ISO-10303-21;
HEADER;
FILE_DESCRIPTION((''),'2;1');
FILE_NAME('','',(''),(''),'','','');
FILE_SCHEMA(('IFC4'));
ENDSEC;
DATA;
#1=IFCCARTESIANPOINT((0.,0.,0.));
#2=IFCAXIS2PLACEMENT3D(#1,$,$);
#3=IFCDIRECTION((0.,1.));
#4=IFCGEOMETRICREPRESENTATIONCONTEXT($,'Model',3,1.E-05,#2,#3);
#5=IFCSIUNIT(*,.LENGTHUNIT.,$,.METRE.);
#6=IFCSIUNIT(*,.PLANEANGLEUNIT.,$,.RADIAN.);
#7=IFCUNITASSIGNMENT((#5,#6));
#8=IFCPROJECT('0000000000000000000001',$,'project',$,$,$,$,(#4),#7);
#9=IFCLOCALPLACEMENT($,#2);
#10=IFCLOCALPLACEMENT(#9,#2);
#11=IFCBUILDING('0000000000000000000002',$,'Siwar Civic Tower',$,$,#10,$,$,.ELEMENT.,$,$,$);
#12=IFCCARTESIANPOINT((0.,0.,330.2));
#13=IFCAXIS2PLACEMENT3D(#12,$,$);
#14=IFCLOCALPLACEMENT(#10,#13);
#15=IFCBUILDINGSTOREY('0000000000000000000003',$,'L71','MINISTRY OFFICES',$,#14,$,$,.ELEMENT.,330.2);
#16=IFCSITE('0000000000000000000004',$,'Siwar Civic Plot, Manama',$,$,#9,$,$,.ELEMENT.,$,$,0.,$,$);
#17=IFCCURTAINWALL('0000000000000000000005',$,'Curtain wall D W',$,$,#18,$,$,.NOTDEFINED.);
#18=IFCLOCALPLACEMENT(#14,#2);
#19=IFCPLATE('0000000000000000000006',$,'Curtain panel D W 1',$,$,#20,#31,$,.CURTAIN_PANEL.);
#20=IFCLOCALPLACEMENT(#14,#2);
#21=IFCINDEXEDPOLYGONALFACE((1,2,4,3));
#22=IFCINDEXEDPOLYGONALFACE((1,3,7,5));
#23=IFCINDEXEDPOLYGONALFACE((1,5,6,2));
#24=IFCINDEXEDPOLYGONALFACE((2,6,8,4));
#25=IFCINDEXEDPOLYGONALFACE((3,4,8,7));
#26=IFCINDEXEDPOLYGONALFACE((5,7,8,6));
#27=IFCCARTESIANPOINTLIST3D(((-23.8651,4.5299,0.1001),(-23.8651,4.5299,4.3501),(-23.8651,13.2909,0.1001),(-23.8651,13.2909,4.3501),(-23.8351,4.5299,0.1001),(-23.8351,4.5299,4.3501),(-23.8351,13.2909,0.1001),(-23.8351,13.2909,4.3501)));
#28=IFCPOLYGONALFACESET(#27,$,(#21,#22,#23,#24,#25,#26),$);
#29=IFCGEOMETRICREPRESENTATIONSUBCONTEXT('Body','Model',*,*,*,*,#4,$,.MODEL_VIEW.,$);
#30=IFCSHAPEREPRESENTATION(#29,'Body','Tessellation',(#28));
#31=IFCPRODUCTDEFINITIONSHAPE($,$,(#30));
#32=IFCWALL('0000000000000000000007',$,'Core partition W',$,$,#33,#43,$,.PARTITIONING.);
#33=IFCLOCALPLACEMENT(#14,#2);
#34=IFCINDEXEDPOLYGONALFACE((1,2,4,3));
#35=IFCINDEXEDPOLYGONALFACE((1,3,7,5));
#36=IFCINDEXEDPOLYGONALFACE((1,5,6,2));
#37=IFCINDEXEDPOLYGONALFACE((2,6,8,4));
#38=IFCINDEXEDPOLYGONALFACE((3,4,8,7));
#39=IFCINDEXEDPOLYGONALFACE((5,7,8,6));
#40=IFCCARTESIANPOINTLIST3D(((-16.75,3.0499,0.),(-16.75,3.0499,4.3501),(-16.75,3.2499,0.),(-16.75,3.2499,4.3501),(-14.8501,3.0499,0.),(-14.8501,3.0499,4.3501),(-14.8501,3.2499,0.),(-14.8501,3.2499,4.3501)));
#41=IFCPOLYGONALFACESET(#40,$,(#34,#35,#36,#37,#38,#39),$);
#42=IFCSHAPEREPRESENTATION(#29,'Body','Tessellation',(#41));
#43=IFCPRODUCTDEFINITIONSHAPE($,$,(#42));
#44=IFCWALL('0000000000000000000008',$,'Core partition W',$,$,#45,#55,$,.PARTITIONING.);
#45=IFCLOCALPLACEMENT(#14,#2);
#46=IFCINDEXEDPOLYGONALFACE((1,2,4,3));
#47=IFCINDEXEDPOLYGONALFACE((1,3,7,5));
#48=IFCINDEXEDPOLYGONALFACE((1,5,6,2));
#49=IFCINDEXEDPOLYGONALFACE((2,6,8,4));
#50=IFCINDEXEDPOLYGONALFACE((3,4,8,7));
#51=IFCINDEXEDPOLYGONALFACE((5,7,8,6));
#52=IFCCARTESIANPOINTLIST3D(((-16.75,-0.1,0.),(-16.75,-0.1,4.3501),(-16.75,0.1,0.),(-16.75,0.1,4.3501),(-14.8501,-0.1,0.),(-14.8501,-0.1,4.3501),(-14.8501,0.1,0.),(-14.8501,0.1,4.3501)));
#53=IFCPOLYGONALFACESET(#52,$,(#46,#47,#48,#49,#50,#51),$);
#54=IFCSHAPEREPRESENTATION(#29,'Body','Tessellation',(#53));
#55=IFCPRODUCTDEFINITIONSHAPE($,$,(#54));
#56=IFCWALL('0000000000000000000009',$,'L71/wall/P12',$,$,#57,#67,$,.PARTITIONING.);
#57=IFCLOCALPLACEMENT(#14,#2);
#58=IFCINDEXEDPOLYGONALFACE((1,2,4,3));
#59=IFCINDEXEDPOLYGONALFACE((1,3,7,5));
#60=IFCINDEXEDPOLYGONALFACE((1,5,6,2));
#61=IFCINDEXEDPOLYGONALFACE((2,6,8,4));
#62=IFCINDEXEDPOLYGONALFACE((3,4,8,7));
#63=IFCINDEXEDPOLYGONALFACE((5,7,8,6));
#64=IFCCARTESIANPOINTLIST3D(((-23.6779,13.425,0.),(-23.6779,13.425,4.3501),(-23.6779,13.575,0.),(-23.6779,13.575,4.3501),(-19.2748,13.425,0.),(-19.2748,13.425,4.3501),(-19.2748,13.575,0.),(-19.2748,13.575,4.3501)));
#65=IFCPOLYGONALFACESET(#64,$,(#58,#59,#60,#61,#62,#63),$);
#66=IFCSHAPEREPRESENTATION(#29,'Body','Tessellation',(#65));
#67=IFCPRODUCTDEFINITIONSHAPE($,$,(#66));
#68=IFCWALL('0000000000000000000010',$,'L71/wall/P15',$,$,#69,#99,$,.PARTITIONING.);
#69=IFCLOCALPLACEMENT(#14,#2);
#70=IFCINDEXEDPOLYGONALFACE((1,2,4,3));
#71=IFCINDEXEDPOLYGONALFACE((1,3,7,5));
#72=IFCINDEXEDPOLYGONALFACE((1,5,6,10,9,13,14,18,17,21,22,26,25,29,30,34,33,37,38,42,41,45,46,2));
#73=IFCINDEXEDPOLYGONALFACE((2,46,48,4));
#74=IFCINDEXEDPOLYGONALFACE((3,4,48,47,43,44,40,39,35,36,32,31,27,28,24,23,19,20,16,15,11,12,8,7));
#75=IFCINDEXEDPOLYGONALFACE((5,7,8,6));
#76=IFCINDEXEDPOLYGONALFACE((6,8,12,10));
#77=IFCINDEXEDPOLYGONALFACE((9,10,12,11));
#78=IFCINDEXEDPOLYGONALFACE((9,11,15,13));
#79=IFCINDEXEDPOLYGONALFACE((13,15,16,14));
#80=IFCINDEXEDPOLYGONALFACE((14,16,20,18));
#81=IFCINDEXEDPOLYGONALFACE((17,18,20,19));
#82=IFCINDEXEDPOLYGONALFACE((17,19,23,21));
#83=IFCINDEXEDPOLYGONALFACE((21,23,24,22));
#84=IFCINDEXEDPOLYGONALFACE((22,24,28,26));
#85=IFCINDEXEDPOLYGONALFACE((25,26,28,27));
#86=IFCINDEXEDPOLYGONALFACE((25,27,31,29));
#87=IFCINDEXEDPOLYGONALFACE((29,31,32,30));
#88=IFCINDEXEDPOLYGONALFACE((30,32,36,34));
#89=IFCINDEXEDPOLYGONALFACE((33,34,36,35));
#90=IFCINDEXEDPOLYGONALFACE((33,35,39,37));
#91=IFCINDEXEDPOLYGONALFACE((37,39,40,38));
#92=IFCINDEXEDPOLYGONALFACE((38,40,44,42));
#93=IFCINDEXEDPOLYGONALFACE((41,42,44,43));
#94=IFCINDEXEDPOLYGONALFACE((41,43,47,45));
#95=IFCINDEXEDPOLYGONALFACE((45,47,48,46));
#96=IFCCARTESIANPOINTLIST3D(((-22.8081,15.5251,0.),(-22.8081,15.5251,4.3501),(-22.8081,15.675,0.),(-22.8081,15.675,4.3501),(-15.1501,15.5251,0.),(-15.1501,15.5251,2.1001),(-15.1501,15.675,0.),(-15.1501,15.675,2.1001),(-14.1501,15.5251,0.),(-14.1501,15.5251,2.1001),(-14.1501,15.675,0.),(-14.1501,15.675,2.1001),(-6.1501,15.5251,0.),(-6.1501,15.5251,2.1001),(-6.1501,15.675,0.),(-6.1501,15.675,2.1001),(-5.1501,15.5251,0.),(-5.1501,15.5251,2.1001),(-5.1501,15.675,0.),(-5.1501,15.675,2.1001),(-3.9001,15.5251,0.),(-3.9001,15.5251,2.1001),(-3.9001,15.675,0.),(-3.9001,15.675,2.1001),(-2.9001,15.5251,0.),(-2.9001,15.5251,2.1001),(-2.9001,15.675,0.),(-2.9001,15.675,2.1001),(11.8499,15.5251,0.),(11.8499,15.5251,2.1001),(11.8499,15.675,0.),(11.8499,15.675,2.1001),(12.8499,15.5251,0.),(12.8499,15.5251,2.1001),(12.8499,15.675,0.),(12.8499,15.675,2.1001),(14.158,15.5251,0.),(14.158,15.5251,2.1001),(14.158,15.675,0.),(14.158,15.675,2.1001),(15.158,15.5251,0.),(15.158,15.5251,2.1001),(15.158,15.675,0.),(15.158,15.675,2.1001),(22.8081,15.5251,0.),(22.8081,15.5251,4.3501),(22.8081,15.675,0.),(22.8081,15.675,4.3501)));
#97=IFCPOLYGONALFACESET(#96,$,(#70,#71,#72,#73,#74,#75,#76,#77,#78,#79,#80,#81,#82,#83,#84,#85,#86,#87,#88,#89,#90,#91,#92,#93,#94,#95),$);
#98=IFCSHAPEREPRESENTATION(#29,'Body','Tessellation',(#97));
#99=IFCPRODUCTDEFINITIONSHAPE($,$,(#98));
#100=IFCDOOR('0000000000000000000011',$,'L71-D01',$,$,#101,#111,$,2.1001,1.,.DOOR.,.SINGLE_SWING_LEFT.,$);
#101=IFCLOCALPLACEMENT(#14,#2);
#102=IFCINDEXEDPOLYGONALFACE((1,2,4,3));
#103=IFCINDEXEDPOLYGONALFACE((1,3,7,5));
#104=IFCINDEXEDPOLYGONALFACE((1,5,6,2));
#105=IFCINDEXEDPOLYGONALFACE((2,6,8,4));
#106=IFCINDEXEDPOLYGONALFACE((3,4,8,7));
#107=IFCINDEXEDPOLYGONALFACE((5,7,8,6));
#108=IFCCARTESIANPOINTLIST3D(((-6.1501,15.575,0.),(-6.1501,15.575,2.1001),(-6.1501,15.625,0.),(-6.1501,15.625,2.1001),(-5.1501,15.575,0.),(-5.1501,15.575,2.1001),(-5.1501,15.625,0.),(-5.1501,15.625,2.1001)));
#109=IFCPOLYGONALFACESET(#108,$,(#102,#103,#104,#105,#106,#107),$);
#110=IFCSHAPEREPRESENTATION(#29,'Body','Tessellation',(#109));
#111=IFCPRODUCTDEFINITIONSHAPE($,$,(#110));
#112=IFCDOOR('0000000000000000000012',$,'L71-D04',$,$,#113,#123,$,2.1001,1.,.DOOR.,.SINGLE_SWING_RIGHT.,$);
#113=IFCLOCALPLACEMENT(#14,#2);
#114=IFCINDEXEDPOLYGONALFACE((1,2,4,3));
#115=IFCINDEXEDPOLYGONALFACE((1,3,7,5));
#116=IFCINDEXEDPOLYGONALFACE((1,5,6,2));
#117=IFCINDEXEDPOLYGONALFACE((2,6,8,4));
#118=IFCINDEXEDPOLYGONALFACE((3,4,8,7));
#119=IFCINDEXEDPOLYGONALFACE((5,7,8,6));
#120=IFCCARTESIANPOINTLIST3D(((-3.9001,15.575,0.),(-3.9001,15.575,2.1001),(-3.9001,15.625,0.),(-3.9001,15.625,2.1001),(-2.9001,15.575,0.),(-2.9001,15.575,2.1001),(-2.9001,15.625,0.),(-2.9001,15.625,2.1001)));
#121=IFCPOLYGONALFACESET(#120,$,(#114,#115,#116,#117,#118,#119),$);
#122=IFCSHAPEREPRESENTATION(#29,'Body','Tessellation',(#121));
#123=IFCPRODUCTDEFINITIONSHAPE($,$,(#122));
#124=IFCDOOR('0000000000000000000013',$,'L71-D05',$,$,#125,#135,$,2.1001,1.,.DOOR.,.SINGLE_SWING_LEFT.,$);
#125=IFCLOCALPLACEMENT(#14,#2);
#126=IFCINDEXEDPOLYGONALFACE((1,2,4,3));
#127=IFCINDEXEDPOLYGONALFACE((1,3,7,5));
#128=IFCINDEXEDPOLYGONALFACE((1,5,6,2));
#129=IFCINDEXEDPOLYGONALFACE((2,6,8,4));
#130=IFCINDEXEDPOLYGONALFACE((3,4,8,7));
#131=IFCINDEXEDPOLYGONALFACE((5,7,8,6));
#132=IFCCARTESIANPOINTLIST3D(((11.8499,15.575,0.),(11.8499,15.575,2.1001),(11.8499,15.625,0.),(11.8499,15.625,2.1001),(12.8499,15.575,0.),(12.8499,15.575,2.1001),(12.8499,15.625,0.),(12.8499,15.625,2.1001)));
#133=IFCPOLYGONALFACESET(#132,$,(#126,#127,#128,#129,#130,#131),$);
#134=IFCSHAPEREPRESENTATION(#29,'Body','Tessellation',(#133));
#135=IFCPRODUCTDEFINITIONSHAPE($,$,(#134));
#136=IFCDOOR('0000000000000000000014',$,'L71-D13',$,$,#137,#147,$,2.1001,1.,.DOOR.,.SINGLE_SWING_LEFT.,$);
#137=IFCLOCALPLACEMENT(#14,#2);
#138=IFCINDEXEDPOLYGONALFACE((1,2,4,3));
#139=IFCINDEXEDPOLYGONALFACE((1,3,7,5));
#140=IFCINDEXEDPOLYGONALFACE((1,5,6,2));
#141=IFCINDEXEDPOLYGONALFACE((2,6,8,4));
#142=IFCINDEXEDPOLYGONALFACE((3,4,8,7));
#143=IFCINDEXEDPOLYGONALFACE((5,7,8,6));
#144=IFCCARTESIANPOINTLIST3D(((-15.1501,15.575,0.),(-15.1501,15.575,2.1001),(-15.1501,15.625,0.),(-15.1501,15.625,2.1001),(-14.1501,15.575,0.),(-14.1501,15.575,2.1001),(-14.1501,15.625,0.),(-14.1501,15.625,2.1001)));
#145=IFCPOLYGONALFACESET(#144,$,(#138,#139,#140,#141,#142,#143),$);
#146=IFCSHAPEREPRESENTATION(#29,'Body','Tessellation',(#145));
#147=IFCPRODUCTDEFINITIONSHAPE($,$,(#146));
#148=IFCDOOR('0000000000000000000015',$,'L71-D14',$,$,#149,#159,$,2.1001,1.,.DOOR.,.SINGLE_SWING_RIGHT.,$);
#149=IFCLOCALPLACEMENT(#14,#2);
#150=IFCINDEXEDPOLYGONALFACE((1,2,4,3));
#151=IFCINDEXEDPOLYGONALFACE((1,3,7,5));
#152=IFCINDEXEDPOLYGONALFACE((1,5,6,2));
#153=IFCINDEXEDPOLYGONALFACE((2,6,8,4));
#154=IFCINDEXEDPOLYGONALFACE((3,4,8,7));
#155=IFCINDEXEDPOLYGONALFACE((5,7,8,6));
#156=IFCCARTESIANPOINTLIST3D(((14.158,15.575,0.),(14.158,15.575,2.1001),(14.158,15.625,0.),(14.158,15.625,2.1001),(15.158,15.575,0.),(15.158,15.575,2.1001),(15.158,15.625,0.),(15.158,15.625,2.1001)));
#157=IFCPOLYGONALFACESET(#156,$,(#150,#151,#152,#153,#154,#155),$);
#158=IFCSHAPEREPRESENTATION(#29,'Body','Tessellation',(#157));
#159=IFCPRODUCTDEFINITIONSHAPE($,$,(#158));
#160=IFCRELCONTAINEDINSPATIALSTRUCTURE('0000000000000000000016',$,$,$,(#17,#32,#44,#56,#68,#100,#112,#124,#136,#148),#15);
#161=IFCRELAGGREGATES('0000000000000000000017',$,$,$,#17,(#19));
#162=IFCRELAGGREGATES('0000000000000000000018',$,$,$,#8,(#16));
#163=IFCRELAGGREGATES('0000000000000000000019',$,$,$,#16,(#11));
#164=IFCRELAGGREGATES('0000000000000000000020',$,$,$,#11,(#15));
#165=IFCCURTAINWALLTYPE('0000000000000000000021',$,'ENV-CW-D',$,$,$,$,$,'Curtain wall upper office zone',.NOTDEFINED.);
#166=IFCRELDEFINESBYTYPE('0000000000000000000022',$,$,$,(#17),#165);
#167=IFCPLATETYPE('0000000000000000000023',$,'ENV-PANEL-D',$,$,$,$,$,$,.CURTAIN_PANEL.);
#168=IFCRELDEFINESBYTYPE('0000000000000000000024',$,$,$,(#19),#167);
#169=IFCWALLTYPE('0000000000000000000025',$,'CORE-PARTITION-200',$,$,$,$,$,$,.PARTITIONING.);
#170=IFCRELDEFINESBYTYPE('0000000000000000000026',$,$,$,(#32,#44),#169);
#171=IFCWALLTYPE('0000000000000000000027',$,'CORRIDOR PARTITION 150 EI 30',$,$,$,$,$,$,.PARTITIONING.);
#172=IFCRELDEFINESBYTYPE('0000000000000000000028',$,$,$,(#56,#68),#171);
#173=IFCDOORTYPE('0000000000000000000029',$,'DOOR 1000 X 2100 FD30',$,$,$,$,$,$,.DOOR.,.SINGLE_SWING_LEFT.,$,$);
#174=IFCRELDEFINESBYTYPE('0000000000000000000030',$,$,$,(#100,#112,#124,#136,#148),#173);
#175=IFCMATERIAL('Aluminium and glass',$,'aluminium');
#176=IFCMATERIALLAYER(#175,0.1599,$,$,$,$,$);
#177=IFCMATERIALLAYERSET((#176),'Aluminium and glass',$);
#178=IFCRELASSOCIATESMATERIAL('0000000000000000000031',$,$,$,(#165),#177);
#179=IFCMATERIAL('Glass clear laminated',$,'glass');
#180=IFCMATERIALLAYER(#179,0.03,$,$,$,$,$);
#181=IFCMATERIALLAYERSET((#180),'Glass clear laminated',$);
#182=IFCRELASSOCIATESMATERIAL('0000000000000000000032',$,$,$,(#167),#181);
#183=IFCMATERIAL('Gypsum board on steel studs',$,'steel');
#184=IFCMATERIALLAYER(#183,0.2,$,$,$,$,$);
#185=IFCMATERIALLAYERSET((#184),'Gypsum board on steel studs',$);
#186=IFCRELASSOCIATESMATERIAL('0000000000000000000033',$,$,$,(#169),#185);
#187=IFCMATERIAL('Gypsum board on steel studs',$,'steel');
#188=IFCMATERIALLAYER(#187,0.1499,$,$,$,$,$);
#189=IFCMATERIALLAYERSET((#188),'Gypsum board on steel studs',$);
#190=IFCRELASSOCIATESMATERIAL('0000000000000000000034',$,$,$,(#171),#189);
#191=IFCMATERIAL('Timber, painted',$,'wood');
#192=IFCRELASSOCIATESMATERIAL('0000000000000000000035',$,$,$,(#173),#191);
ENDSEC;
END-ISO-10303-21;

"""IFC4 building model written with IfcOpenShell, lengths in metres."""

from ifc_helpers import new_model, si_unit, direction, frame, frame_2d, origin, origin_2d, place, context, subcontext, project, spatial, rectangle, extrude, material, layer, layer_set, type_object, element, fill, aggregate, save


model = new_model("IFC4")

# Units and contexts
model_context = context("Model", 3, precision=1e-05, world=origin(), true_north=direction((0.0, 1.0)))
body_context = subcontext(model_context, "Body", "Model", "MODEL_VIEW")
ifc_project = project(units=[si_unit("LENGTHUNIT", "METRE"), si_unit("PLANEANGLEUNIT", "RADIAN")], contexts=[model_context])

# Site, building, storey
site_placement = place(None, origin())
site = spatial("IfcSite", under=ifc_project, at=site_placement, Name="Siwar Civic Plot, Manama", CompositionType="ELEMENT", RefElevation=0.0)
building_placement = place(site_placement, origin())
building = spatial("IfcBuilding", under=site, at=building_placement, Name="Siwar Civic Tower", CompositionType="ELEMENT")
storey_placement = place(building_placement, frame((0.0, 0.0, 330.2)))
storey = spatial("IfcBuildingStorey", under=building, at=storey_placement, Name="L71", Description="MINISTRY OFFICES", CompositionType="ELEMENT", Elevation=330.2)

# Curtain wall
ifc_material_1 = material(Name="Aluminium and glass", Category="aluminium")
ifc_layer_1 = layer(ifc_material_1, 0.1599)
ifc_layer_set_1 = layer_set([ifc_layer_1], Name="Aluminium and glass")
curtain_wall_type = type_object("IfcCurtainWallType", Name="ENV-CW-D", ElementType="Curtain wall upper office zone", PredefinedType="NOTDEFINED", material=ifc_layer_set_1)
curtain_wall_placement = place(storey_placement, origin())
curtain_wall = element("IfcCurtainWall", 1, at=curtain_wall_placement, inside=storey, type_object=curtain_wall_type, Name="Curtain wall D W", PredefinedType="NOTDEFINED")

# Plate
ifc_material_2 = material(Name="Glass clear laminated", Category="glass")
ifc_layer_2 = layer(ifc_material_2, 0.03)
ifc_layer_set_2 = layer_set([ifc_layer_2], Name="Glass clear laminated")
plate_type = type_object("IfcPlateType", Name="ENV-PANEL-D", PredefinedType="CURTAIN_PANEL", material=ifc_layer_set_2)
plate_placement = place(storey_placement, frame((-23.8501, 8.9104, 0.1001), z_axis=(0.0, 0.0, 1.0), x_axis=(0.0, -1.0, 0.0)))
plate = element("IfcPlate", 2, at=plate_placement, type_object=plate_type, Name="Curtain panel D W 1", PredefinedType="CURTAIN_PANEL", context=body_context, shape_type="SweptSolid", body=[
    extrude(rectangle(XDim=8.761, YDim=0.03, at=origin_2d()), origin(), (0.0, 0.0, 1.0), 4.25),
])
aggregate(curtain_wall, [plate])

# Walls
ifc_material_3 = material(Name="Gypsum board on steel studs", Category="steel")
ifc_layer_3 = layer(ifc_material_3, 0.2)
ifc_layer_set_3 = layer_set([ifc_layer_3], Name="Gypsum board on steel studs")
wall_type_1 = type_object("IfcWallType", Name="CORE-PARTITION-200", PredefinedType="PARTITIONING", material=ifc_layer_set_3)
for number, where, z_axis, x_axis, name in (
    (3, (-14.8501, 3.1499, 0.0), (0.0, 0.0, 1.0), (-1.0, 0.0, 0.0), "Core partition W"),
    (4, (-14.8501, 0.0, 0.0), (0.0, 0.0, 1.0), (-1.0, 0.0, 0.0), "Core partition W"),
):
    element("IfcWall", number, at=place(storey_placement, frame(where, z_axis=z_axis, x_axis=x_axis)), inside=storey, type_object=wall_type_1, Name=name, PredefinedType="PARTITIONING", context=body_context, shape_type="SweptSolid", body=[
        extrude(rectangle(XDim=1.8999, YDim=0.2, at=frame_2d((0.95, 0.0))), origin(), (0.0, 0.0, 1.0), 4.3501),
    ])
ifc_material_4 = material(Name="Gypsum board on steel studs", Category="steel")
ifc_layer_4 = layer(ifc_material_4, 0.1499)
ifc_layer_set_4 = layer_set([ifc_layer_4], Name="Gypsum board on steel studs")
wall_type_2 = type_object("IfcWallType", Name="CORRIDOR PARTITION 150 EI 30", PredefinedType="PARTITIONING", material=ifc_layer_set_4)
wall_1_placement = place(storey_placement, frame((-23.678, 13.5, 0.0), z_axis=(0.0, 0.0, 1.0), x_axis=(1.0, 0.0, 0.0)))
element("IfcWall", 5, at=wall_1_placement, inside=storey, type_object=wall_type_2, Name="L71/wall/P12", PredefinedType="PARTITIONING", context=body_context, shape_type="SweptSolid", body=[
    extrude(rectangle(XDim=4.4031, YDim=0.1499, at=frame_2d((2.2017, 0.0))), origin(), (0.0, 0.0, 1.0), 4.3501),
])

# Wall, openings, doors
wall_2_placement = place(storey_placement, frame((-22.8081, 15.6001, 0.0), z_axis=(0.0, 0.0, 1.0), x_axis=(1.0, 0.0, 0.0)))
wall_2 = element("IfcWall", 6, at=wall_2_placement, inside=storey, type_object=wall_type_2, Name="L71/wall/P15", PredefinedType="PARTITIONING", context=body_context, shape_type="SweptSolid", body=[
    extrude(rectangle(XDim=45.6162, YDim=0.1499, at=frame_2d((22.8081, 0.0))), origin(), (0.0, 0.0, 1.0), 4.3501),
])
opening_1_placement = place(wall_2_placement, frame((16.658, 0.0, 0.0)))
opening_1 = element("IfcOpeningElement", 7, at=opening_1_placement, cuts=wall_2, PredefinedType="OPENING", context=body_context, shape_type="SweptSolid", body=[
    extrude(rectangle(XDim=1.0, YDim=2.1001, at=frame_2d((0.5, 1.05))), frame((0.0, 0.085, 0.0), z_axis=(0.0, -1.0, 0.0), x_axis=(1.0, 0.0, 0.0)), (0.0, 0.0, 1.0), 0.1699),
])
opening_2_placement = place(wall_2_placement, frame((18.908, 0.0, 0.0)))
opening_2 = element("IfcOpeningElement", 8, at=opening_2_placement, cuts=wall_2, PredefinedType="OPENING", context=body_context, shape_type="SweptSolid", body=[
    extrude(rectangle(XDim=1.0, YDim=2.1001, at=frame_2d((0.5, 1.05))), frame((0.0, 0.085, 0.0), z_axis=(0.0, -1.0, 0.0), x_axis=(1.0, 0.0, 0.0)), (0.0, 0.0, 1.0), 0.1699),
])
opening_3_placement = place(wall_2_placement, frame((34.658, 0.0, 0.0)))
opening_3 = element("IfcOpeningElement", 9, at=opening_3_placement, cuts=wall_2, PredefinedType="OPENING", context=body_context, shape_type="SweptSolid", body=[
    extrude(rectangle(XDim=1.0, YDim=2.1001, at=frame_2d((0.5, 1.05))), frame((0.0, 0.085, 0.0), z_axis=(0.0, -1.0, 0.0), x_axis=(1.0, 0.0, 0.0)), (0.0, 0.0, 1.0), 0.1699),
])
opening_4_placement = place(wall_2_placement, frame((7.658, 0.0, 0.0)))
opening_4 = element("IfcOpeningElement", 10, at=opening_4_placement, cuts=wall_2, PredefinedType="OPENING", context=body_context, shape_type="SweptSolid", body=[
    extrude(rectangle(XDim=1.0, YDim=2.1001, at=frame_2d((0.5, 1.05))), frame((0.0, 0.085, 0.0), z_axis=(0.0, -1.0, 0.0), x_axis=(1.0, 0.0, 0.0)), (0.0, 0.0, 1.0), 0.1699),
])
opening_5_placement = place(wall_2_placement, frame((36.9661, 0.0, 0.0)))
opening_5 = element("IfcOpeningElement", 11, at=opening_5_placement, cuts=wall_2, PredefinedType="OPENING", context=body_context, shape_type="SweptSolid", body=[
    extrude(rectangle(XDim=1.0, YDim=2.1001, at=frame_2d((0.5, 1.05))), frame((0.0, 0.085, 0.0), z_axis=(0.0, -1.0, 0.0), x_axis=(1.0, 0.0, 0.0)), (0.0, 0.0, 1.0), 0.1699),
])
ifc_material_5 = material(Name="Timber, painted", Category="wood")
door_type = type_object("IfcDoorType", Name="DOOR 1000 X 2100 FD30", OperationType="SINGLE_SWING_LEFT", PredefinedType="DOOR", material=ifc_material_5)
door_1_placement = place(opening_1_placement, origin())
door_1 = element("IfcDoor", 12, at=door_1_placement, inside=storey, type_object=door_type, Name="L71-D01", OperationType="SINGLE_SWING_LEFT", OverallHeight=2.1001, OverallWidth=1.0, PredefinedType="DOOR", context=body_context, shape_type="SweptSolid", body=[
    extrude(rectangle(XDim=1.0, YDim=2.1001, at=frame_2d((0.5, 1.05))), frame((0.0, 0.0249, 0.0), z_axis=(0.0, -1.0, 0.0), x_axis=(1.0, 0.0, 0.0)), (0.0, 0.0, 1.0), 0.05),
])
fill(opening_1, door_1)
door_2_placement = place(opening_2_placement, origin())
door_2 = element("IfcDoor", 13, at=door_2_placement, inside=storey, type_object=door_type, Name="L71-D04", OperationType="SINGLE_SWING_RIGHT", OverallHeight=2.1001, OverallWidth=1.0, PredefinedType="DOOR", context=body_context, shape_type="SweptSolid", body=[
    extrude(rectangle(XDim=1.0, YDim=2.1001, at=frame_2d((0.5, 1.05))), frame((0.0, 0.0249, 0.0), z_axis=(0.0, -1.0, 0.0), x_axis=(1.0, 0.0, 0.0)), (0.0, 0.0, 1.0), 0.05),
])
fill(opening_2, door_2)
door_3_placement = place(opening_3_placement, origin())
door_3 = element("IfcDoor", 14, at=door_3_placement, inside=storey, type_object=door_type, Name="L71-D05", OperationType="SINGLE_SWING_LEFT", OverallHeight=2.1001, OverallWidth=1.0, PredefinedType="DOOR", context=body_context, shape_type="SweptSolid", body=[
    extrude(rectangle(XDim=1.0, YDim=2.1001, at=frame_2d((0.5, 1.05))), frame((0.0, 0.0249, 0.0), z_axis=(0.0, -1.0, 0.0), x_axis=(1.0, 0.0, 0.0)), (0.0, 0.0, 1.0), 0.05),
])
fill(opening_3, door_3)
door_4_placement = place(opening_4_placement, origin())
door_4 = element("IfcDoor", 15, at=door_4_placement, inside=storey, type_object=door_type, Name="L71-D13", OperationType="SINGLE_SWING_LEFT", OverallHeight=2.1001, OverallWidth=1.0, PredefinedType="DOOR", context=body_context, shape_type="SweptSolid", body=[
    extrude(rectangle(XDim=1.0, YDim=2.1001, at=frame_2d((0.5, 1.05))), frame((0.0, 0.0249, 0.0), z_axis=(0.0, -1.0, 0.0), x_axis=(1.0, 0.0, 0.0)), (0.0, 0.0, 1.0), 0.05),
])
fill(opening_4, door_4)
door_5_placement = place(opening_5_placement, origin())
door_5 = element("IfcDoor", 16, at=door_5_placement, inside=storey, type_object=door_type, Name="L71-D14", OperationType="SINGLE_SWING_RIGHT", OverallHeight=2.1001, OverallWidth=1.0, PredefinedType="DOOR", context=body_context, shape_type="SweptSolid", body=[
    extrude(rectangle(XDim=1.0, YDim=2.1001, at=frame_2d((0.5, 1.05))), frame((0.0, 0.0249, 0.0), z_axis=(0.0, -1.0, 0.0), x_axis=(1.0, 0.0, 0.0)), (0.0, 0.0, 1.0), 0.05),
])
fill(opening_5, door_5)

save(model, "model.ifc")
